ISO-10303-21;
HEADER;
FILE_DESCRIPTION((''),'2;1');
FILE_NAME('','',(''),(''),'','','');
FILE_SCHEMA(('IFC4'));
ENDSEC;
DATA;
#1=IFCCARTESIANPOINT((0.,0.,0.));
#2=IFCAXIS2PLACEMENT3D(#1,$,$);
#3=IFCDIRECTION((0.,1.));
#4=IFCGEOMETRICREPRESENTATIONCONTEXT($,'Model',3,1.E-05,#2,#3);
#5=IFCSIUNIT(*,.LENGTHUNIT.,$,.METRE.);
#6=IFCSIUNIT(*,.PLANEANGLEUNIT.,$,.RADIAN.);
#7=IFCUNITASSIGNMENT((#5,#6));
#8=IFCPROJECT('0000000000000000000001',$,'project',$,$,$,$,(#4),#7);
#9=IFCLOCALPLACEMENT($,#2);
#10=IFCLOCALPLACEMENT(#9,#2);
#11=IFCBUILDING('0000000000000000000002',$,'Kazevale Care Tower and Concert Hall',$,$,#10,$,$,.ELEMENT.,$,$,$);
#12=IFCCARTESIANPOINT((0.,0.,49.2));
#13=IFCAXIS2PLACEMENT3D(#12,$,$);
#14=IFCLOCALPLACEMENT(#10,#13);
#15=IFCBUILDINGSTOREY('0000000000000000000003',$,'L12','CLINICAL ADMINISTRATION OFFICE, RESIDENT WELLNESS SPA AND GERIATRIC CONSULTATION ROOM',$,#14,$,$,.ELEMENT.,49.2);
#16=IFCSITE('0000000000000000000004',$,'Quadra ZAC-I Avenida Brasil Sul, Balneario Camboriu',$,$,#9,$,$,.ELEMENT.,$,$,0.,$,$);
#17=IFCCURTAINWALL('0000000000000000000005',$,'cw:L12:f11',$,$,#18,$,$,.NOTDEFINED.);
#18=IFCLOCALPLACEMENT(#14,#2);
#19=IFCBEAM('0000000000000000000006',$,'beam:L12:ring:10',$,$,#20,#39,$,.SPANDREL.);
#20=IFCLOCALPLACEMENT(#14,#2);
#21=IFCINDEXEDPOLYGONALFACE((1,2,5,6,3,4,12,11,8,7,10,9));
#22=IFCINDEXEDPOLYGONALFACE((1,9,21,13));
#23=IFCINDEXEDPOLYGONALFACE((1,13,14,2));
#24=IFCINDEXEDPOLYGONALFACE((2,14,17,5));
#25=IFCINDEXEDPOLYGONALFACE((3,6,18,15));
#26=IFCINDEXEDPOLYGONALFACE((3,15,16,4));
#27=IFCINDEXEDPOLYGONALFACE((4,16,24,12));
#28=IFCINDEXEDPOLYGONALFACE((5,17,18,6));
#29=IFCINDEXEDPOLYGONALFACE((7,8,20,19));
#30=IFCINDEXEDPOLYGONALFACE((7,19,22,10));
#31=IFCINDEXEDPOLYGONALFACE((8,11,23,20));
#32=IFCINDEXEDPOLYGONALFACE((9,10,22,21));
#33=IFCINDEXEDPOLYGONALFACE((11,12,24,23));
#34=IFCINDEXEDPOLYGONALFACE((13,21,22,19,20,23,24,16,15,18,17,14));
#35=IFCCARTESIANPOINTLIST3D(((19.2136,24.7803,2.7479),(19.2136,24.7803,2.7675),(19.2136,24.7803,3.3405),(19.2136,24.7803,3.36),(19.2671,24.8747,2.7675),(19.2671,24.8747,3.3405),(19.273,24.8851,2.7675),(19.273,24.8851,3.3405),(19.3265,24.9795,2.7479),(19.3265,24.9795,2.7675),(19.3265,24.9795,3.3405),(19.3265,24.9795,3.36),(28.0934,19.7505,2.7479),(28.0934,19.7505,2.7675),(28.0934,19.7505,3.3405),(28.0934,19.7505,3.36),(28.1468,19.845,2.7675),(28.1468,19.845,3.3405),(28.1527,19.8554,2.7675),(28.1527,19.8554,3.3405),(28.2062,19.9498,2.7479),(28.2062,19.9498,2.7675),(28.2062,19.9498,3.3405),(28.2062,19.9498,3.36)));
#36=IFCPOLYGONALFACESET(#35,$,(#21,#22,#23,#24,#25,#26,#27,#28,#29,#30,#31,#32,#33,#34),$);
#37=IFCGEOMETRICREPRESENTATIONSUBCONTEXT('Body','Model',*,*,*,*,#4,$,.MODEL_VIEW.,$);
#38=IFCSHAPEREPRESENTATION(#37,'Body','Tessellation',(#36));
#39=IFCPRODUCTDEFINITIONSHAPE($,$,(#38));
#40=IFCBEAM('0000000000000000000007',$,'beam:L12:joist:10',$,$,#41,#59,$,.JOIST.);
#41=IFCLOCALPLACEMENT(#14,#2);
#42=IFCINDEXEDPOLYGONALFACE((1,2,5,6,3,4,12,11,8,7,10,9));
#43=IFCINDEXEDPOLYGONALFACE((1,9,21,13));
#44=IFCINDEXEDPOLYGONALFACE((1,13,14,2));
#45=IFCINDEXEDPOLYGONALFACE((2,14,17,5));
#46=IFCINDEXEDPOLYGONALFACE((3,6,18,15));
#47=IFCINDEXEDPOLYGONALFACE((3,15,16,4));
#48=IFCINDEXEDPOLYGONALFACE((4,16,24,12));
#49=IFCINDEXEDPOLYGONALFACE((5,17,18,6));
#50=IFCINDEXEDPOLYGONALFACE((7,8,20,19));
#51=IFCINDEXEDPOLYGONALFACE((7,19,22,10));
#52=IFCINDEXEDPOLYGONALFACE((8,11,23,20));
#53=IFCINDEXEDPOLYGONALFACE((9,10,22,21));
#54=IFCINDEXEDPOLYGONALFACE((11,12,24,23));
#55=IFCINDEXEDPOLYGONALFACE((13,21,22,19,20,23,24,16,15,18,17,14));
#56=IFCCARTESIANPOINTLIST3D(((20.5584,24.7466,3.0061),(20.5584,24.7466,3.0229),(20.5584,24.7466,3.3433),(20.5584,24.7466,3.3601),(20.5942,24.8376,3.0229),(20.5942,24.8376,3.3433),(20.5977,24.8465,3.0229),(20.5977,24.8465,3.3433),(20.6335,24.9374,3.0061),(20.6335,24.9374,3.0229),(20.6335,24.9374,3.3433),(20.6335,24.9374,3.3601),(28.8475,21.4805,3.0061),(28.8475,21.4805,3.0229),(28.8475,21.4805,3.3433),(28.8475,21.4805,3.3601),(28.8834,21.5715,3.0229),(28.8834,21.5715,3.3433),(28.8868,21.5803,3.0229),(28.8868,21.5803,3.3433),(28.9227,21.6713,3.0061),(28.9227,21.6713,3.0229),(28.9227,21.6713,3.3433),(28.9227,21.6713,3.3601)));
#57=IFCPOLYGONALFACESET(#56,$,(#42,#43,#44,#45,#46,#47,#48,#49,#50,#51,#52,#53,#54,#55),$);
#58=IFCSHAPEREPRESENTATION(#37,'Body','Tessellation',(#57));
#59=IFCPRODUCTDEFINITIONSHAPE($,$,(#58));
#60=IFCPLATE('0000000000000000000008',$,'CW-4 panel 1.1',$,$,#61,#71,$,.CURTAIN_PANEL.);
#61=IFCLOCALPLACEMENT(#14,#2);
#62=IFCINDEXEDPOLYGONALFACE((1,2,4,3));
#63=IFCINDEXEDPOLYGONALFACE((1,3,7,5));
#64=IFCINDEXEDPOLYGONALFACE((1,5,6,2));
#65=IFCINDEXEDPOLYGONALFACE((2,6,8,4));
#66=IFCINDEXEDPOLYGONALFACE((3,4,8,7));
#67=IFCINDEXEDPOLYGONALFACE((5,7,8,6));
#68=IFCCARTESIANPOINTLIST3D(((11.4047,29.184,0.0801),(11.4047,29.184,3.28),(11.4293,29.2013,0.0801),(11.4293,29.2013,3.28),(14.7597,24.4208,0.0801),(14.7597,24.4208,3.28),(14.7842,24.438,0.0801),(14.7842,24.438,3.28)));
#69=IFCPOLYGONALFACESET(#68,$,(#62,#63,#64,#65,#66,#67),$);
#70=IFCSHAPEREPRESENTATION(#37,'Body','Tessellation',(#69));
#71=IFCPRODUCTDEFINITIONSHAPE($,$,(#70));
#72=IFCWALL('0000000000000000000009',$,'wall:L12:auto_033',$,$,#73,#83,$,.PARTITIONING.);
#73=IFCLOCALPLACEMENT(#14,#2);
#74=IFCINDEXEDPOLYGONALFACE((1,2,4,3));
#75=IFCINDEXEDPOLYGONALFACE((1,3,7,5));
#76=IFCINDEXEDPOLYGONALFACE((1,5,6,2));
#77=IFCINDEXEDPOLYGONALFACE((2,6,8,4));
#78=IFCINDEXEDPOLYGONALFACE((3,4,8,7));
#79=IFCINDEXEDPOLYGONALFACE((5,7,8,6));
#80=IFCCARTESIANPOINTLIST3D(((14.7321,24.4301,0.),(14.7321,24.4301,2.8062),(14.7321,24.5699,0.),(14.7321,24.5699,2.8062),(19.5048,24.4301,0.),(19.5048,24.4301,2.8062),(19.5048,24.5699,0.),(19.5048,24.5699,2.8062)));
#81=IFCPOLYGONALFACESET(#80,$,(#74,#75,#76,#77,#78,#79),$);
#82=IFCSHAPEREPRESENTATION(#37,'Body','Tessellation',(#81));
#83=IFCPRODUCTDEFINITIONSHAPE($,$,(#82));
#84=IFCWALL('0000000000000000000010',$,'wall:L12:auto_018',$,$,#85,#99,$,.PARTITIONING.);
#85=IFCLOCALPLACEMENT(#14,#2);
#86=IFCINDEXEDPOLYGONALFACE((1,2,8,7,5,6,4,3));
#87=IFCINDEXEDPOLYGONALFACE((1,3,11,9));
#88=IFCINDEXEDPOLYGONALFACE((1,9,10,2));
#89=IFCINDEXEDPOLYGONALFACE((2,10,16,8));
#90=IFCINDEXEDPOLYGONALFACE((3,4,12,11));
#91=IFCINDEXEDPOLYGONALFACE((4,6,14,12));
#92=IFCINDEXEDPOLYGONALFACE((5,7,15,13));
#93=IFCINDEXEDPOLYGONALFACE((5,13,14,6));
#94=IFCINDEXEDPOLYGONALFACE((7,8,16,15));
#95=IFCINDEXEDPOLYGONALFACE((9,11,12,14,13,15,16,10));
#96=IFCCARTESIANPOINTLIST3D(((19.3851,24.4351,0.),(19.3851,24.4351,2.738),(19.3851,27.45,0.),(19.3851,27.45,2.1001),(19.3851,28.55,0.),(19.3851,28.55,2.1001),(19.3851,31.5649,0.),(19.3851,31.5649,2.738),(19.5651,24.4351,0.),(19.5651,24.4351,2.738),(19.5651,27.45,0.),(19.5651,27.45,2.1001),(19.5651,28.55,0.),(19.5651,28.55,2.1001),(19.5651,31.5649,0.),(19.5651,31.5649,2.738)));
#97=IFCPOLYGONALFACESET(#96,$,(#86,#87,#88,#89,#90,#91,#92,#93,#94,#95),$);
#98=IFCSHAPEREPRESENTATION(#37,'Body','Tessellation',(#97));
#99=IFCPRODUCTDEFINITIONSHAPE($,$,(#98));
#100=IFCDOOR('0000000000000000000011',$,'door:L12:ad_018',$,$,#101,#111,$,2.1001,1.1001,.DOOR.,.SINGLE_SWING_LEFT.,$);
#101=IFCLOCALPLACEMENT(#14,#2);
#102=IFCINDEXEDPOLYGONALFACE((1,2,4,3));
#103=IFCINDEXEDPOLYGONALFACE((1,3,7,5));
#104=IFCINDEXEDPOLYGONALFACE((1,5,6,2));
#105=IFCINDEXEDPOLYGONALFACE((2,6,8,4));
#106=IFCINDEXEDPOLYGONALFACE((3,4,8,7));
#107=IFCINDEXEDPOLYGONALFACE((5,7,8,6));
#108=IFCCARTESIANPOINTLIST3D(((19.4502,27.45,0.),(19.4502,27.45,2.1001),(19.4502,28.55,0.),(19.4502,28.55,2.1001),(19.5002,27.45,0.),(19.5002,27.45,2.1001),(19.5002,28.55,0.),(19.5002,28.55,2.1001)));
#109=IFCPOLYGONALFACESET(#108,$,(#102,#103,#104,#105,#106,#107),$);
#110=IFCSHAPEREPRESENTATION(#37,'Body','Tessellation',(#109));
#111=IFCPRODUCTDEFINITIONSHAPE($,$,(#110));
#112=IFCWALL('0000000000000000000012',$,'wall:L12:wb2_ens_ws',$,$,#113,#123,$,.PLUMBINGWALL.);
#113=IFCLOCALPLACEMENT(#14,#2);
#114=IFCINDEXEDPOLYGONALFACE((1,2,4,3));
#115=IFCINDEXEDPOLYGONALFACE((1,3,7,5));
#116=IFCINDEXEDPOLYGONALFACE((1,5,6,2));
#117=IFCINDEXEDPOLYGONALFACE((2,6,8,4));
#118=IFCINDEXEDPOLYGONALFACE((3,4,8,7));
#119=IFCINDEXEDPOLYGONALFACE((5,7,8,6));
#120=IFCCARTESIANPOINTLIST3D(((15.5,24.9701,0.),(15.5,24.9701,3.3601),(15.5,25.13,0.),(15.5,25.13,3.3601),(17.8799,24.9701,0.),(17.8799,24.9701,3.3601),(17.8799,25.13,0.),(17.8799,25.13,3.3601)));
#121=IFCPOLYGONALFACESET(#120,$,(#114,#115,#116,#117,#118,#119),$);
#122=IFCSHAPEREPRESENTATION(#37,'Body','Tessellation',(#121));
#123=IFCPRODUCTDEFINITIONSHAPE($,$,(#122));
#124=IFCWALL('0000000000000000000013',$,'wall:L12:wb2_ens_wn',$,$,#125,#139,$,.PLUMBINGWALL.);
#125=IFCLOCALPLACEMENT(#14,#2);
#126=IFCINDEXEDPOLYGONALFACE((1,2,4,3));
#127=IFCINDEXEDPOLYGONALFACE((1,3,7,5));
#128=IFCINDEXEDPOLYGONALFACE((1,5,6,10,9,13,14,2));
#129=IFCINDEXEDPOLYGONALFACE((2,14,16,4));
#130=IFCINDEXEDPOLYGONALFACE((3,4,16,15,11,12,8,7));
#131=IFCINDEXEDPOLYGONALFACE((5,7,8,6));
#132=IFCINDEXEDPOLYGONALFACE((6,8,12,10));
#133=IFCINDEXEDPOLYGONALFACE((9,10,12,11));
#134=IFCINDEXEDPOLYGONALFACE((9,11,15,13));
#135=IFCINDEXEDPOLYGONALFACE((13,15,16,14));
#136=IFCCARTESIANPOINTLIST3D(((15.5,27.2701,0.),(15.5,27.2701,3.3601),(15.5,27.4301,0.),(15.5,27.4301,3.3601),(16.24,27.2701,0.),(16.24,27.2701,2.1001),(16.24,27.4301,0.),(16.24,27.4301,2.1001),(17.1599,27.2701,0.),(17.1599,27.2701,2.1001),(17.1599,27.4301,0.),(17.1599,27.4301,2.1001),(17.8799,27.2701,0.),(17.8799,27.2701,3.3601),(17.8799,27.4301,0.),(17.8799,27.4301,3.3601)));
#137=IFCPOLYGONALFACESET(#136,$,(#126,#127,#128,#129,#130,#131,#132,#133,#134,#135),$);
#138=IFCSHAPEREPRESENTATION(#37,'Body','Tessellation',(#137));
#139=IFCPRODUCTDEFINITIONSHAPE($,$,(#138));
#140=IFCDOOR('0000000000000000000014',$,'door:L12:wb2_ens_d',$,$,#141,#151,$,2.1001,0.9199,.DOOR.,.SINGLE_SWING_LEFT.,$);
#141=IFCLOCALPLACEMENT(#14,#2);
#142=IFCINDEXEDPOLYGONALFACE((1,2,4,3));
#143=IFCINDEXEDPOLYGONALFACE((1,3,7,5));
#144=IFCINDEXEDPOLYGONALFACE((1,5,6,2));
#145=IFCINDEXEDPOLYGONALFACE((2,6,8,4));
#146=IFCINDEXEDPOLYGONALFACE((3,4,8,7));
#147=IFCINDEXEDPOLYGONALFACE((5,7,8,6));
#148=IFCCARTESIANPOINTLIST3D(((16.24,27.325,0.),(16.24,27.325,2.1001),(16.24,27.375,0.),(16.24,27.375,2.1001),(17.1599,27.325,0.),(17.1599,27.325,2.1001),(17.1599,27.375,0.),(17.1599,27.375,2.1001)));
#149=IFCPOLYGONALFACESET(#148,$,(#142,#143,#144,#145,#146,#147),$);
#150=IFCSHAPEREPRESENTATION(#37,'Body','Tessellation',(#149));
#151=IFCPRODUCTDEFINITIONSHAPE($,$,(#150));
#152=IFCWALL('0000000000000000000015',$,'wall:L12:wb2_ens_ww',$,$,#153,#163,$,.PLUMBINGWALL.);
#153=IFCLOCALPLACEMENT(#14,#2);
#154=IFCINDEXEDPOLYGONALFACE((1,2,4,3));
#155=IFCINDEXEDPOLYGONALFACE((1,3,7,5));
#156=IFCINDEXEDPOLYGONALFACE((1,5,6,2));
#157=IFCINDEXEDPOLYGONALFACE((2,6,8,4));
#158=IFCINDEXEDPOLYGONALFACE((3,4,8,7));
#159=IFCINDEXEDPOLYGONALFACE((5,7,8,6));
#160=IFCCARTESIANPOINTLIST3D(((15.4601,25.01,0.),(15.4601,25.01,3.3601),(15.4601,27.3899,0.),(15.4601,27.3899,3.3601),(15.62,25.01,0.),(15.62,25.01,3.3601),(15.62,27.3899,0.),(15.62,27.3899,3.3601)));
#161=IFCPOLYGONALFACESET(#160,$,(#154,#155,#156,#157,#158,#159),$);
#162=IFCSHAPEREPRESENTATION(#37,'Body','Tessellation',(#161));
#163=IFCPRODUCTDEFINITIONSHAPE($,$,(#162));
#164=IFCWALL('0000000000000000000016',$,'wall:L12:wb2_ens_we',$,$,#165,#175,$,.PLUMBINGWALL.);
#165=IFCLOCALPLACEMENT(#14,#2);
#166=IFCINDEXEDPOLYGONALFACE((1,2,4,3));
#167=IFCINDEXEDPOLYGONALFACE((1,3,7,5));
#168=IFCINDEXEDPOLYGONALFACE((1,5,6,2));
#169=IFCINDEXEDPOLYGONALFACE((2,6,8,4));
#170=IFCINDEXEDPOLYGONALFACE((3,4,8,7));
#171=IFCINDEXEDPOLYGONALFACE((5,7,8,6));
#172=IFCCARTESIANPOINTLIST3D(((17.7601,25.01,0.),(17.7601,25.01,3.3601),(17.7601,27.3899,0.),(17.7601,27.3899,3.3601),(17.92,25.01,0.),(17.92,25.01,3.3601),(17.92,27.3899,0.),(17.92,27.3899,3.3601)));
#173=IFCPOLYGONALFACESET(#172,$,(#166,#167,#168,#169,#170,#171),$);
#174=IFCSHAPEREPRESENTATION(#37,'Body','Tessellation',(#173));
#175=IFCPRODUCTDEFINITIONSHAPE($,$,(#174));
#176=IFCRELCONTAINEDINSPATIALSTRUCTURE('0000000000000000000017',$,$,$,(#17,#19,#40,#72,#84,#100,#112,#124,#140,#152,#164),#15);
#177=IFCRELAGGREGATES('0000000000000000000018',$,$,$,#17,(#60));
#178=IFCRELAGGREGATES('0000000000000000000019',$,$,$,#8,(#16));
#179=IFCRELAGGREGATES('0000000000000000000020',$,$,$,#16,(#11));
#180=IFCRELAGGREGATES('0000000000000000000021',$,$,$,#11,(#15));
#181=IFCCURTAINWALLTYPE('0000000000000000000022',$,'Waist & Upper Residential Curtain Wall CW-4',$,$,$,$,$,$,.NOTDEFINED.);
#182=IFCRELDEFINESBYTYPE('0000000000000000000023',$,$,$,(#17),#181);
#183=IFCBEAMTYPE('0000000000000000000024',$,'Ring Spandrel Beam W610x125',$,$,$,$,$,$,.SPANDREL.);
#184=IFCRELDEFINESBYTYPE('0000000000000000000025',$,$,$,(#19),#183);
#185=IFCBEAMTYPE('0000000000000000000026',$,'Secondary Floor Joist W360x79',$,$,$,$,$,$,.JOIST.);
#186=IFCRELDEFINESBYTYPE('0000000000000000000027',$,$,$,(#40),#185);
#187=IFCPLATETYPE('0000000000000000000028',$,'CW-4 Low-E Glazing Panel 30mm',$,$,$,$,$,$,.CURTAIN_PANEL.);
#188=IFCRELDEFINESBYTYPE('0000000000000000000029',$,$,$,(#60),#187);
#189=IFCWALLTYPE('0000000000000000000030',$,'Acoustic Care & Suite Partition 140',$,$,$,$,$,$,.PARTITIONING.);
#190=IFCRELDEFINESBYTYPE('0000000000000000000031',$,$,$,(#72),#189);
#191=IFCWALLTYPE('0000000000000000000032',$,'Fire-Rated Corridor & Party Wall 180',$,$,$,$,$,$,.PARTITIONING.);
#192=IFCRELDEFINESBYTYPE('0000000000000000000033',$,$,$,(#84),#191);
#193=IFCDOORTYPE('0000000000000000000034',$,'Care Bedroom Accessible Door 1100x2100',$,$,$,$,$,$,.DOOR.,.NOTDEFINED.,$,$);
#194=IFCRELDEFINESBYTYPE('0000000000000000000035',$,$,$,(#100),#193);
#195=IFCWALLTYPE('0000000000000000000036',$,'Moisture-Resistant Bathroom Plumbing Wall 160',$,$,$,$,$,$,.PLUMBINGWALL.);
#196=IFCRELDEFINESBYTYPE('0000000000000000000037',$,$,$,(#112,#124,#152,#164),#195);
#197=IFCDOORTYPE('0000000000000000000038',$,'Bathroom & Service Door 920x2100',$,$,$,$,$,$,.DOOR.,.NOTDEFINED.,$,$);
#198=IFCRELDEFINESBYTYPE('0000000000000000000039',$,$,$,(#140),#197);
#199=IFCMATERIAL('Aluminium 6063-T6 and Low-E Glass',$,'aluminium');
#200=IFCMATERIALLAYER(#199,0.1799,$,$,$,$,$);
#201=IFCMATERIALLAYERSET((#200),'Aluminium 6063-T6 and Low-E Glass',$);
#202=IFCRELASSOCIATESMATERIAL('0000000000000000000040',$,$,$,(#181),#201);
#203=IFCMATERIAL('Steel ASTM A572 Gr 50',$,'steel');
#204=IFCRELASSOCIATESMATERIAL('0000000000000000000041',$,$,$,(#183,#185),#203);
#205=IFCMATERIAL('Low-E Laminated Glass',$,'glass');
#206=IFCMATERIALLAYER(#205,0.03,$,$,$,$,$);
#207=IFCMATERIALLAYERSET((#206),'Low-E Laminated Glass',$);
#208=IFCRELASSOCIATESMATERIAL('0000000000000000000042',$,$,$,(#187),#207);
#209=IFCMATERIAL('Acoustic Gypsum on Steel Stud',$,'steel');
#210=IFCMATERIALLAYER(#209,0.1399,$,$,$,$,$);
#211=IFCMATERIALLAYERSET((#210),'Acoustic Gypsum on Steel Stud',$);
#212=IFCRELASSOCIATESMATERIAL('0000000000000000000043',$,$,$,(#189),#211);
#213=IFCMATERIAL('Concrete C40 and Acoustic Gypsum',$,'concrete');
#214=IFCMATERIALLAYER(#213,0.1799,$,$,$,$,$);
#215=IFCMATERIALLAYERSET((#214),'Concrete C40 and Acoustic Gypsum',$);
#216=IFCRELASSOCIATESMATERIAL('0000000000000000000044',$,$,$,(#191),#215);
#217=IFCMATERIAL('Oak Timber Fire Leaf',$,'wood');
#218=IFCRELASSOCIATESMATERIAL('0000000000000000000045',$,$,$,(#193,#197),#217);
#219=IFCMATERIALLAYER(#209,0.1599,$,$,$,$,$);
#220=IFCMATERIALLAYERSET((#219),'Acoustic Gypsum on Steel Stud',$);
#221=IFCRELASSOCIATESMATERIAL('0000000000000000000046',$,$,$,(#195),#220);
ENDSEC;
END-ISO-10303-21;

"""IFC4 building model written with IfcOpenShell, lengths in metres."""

from ifc_helpers import new_model, si_unit, direction, frame, frame_2d, origin, origin_2d, place, context, subcontext, project, spatial, rectangle, i_section, extrude, material, layer, layer_set, material_profile, profile_set, type_object, element, fill, aggregate, save


model = new_model("IFC4")

# Units and contexts
model_context = context("Model", 3, precision=1e-05, world=origin(), true_north=direction((0.0, 1.0)))
body_context = subcontext(model_context, "Body", "Model", "MODEL_VIEW")
ifc_project = project(units=[si_unit("LENGTHUNIT", "METRE"), si_unit("PLANEANGLEUNIT", "RADIAN")], contexts=[model_context])

# Site, building, storey
site_placement = place(None, origin())
site = spatial("IfcSite", under=ifc_project, at=site_placement, Name="Quadra ZAC-I Avenida Brasil Sul, Balneario Camboriu", CompositionType="ELEMENT", RefElevation=0.0)
building_placement = place(site_placement, origin())
building = spatial("IfcBuilding", under=site, at=building_placement, Name="Kazevale Care Tower and Concert Hall", CompositionType="ELEMENT")
storey_placement = place(building_placement, frame((0.0, 0.0, 49.2)))
storey = spatial("IfcBuildingStorey", under=building, at=storey_placement, Name="L12", Description="CLINICAL ADMINISTRATION OFFICE, RESIDENT WELLNESS SPA AND GERIATRIC CONSULTATION ROOM", CompositionType="ELEMENT", Elevation=49.2)

# Curtain wall
ifc_material_1 = material(Name="Aluminium 6063-T6 and Low-E Glass", Category="aluminium")
ifc_layer_1 = layer(ifc_material_1, 0.1799)
ifc_layer_set_1 = layer_set([ifc_layer_1], Name="Aluminium 6063-T6 and Low-E Glass")
curtain_wall_type_1 = type_object("IfcCurtainWallType", Name="Waist & Upper Residential Curtain Wall CW-4", PredefinedType="NOTDEFINED", material=ifc_layer_set_1)
curtain_wall_1_placement = place(storey_placement, origin())
curtain_wall_1 = element("IfcCurtainWall", 1, at=curtain_wall_1_placement, inside=storey, type_object=curtain_wall_type_1, Name="cw:L12:f11", PredefinedType="NOTDEFINED")

# Beams
ifc_material_2 = material(Name="Steel ASTM A572 Gr 50", Category="steel")
ifc_material_profile_1 = material_profile(ifc_material_2, i_section(OverallWidth=0.229, OverallDepth=0.6121, WebThickness=0.012, FlangeThickness=0.0195, at=origin_2d()), Name="W610x125")
ifc_profile_set_1 = profile_set([ifc_material_profile_1], Name="Steel ASTM A572 Gr 50")
beam_type_1 = type_object("IfcBeamType", Name="Ring Spandrel Beam W610x125", PredefinedType="SPANDREL", material=ifc_profile_set_1)
beam_1_placement = place(storey_placement, frame((19.27, 24.8799, 3.054), z_axis=(0.870112, -0.492853, 0.0), x_axis=(0.492853, 0.870112, 0.0)))
element("IfcBeam", 2, at=beam_1_placement, inside=storey, type_object=beam_type_1, Name="beam:L12:ring:10", PredefinedType="SPANDREL", context=body_context, shape_type="SweptSolid", body=[
    extrude(i_section(OverallWidth=0.229, OverallDepth=0.6121, WebThickness=0.012, FlangeThickness=0.0195, at=origin_2d()), origin(), (0.0, 0.0, 1.0), 10.2053),
])
ifc_material_profile_2 = material_profile(ifc_material_2, i_section(OverallWidth=0.2051, OverallDepth=0.354, WebThickness=0.0095, FlangeThickness=0.0168, at=origin_2d()), Name="W360x79")
ifc_profile_set_2 = profile_set([ifc_material_profile_2], Name="Steel ASTM A572 Gr 50")
beam_type_2 = type_object("IfcBeamType", Name="Secondary Floor Joist W360x79", PredefinedType="JOIST", material=ifc_profile_set_2)
beam_2_placement = place(storey_placement, frame((20.5959, 24.842, 3.1831), z_axis=(0.930381, -0.366595, 0.0), x_axis=(0.366595, 0.930381, 0.0)))
element("IfcBeam", 3, at=beam_2_placement, inside=storey, type_object=beam_type_2, Name="beam:L12:joist:10", PredefinedType="JOIST", context=body_context, shape_type="SweptSolid", body=[
    extrude(i_section(OverallWidth=0.2051, OverallDepth=0.354, WebThickness=0.0095, FlangeThickness=0.0168, at=origin_2d()), origin(), (0.0, 0.0, 1.0), 8.9094),
])

# Plate
ifc_material_3 = material(Name="Low-E Laminated Glass", Category="glass")
ifc_layer_2 = layer(ifc_material_3, 0.03)
ifc_layer_set_2 = layer_set([ifc_layer_2], Name="Low-E Laminated Glass")
plate_type = type_object("IfcPlateType", Name="CW-4 Low-E Glazing Panel 30mm", PredefinedType="CURTAIN_PANEL", material=ifc_layer_set_2)
plate_placement = place(storey_placement, frame((13.0945, 26.811, 0.0801), z_axis=(0.0, 0.0, 1.0), x_axis=(-0.575837, 0.817565, 0.0)))
plate = element("IfcPlate", 4, at=plate_placement, type_object=plate_type, Name="CW-4 panel 1.1", PredefinedType="CURTAIN_PANEL", context=body_context, shape_type="SweptSolid", body=[
    extrude(rectangle(XDim=5.8262, YDim=0.03, at=origin_2d()), origin(), (0.0, 0.0, 1.0), 3.2),
])
aggregate(curtain_wall_1, [plate])

# Wall
ifc_material_4 = material(Name="Acoustic Gypsum on Steel Stud", Category="steel")
ifc_layer_3 = layer(ifc_material_4, 0.1399)
ifc_layer_set_3 = layer_set([ifc_layer_3], Name="Acoustic Gypsum on Steel Stud")
wall_type_1 = type_object("IfcWallType", Name="Acoustic Care & Suite Partition 140", PredefinedType="PARTITIONING", material=ifc_layer_set_3)
wall_1_placement = place(storey_placement, frame((14.7322, 24.5, 0.0), z_axis=(0.0, 0.0, 1.0), x_axis=(1.0, 0.0, 0.0)))
element("IfcWall", 5, at=wall_1_placement, inside=storey, type_object=wall_type_1, Name="wall:L12:auto_033", PredefinedType="PARTITIONING", context=body_context, shape_type="SweptSolid", body=[
    extrude(rectangle(XDim=4.7727, YDim=0.1399, at=frame_2d((2.3862, 0.0))), origin(), (0.0, 0.0, 1.0), 2.8062),
])

# Wall, opening, door
ifc_material_5 = material(Name="Concrete C40 and Acoustic Gypsum", Category="concrete")
ifc_layer_4 = layer(ifc_material_5, 0.1799)
ifc_layer_set_4 = layer_set([ifc_layer_4], Name="Concrete C40 and Acoustic Gypsum")
wall_type_2 = type_object("IfcWallType", Name="Fire-Rated Corridor & Party Wall 180", PredefinedType="PARTITIONING", material=ifc_layer_set_4)
wall_2_placement = place(storey_placement, frame((19.4751, 24.4351, 0.0), z_axis=(0.0, 0.0, 1.0), x_axis=(0.0, 1.0, 0.0)))
wall_2 = element("IfcWall", 6, at=wall_2_placement, inside=storey, type_object=wall_type_2, Name="wall:L12:auto_018", PredefinedType="PARTITIONING", context=body_context, shape_type="SweptSolid", body=[
    extrude(rectangle(XDim=7.1299, YDim=0.1799, at=frame_2d((3.5649, 0.0))), origin(), (0.0, 0.0, 1.0), 2.738),
])
opening_1_placement = place(wall_2_placement, frame((3.0149, 0.0, 0.0)))
opening_1 = element("IfcOpeningElement", 7, at=opening_1_placement, cuts=wall_2, PredefinedType="OPENING", context=body_context, shape_type="SweptSolid", body=[
    extrude(rectangle(XDim=1.1001, YDim=2.1001, at=frame_2d((0.55, 1.05))), frame((0.0, 0.0999, 0.0), z_axis=(0.0, -1.0, 0.0), x_axis=(1.0, 0.0, 0.0)), (0.0, 0.0, 1.0), 0.2),
])
ifc_material_6 = material(Name="Oak Timber Fire Leaf", Category="wood")
door_type_1 = type_object("IfcDoorType", Name="Care Bedroom Accessible Door 1100x2100", OperationType="NOTDEFINED", PredefinedType="DOOR", material=ifc_material_6)
door_1_placement = place(opening_1_placement, origin())
door_1 = element("IfcDoor", 8, at=door_1_placement, inside=storey, type_object=door_type_1, Name="door:L12:ad_018", OperationType="SINGLE_SWING_LEFT", OverallHeight=2.1001, OverallWidth=1.1001, PredefinedType="DOOR", context=body_context, shape_type="SweptSolid", body=[
    extrude(rectangle(XDim=1.1001, YDim=2.1001, at=frame_2d((0.55, 1.05))), frame((0.0, 0.0249, 0.0), z_axis=(0.0, -1.0, 0.0), x_axis=(1.0, 0.0, 0.0)), (0.0, 0.0, 1.0), 0.05),
])
fill(opening_1, door_1)

# Wall
ifc_layer_5 = layer(ifc_material_4, 0.1599)
ifc_layer_set_5 = layer_set([ifc_layer_5], Name="Acoustic Gypsum on Steel Stud")
wall_type_3 = type_object("IfcWallType", Name="Moisture-Resistant Bathroom Plumbing Wall 160", PredefinedType="PLUMBINGWALL", material=ifc_layer_set_5)
wall_3_placement = place(storey_placement, frame((15.5, 25.05, 0.0), z_axis=(0.0, 0.0, 1.0), x_axis=(1.0, 0.0, 0.0)))
element("IfcWall", 9, at=wall_3_placement, inside=storey, type_object=wall_type_3, Name="wall:L12:wb2_ens_ws", PredefinedType="PLUMBINGWALL", context=body_context, shape_type="SweptSolid", body=[
    extrude(rectangle(XDim=2.3799, YDim=0.1599, at=frame_2d((1.1899, 0.0))), origin(), (0.0, 0.0, 1.0), 3.3601),
])

# Wall, opening, door
wall_4_placement = place(storey_placement, frame((15.5, 27.3501, 0.0), z_axis=(0.0, 0.0, 1.0), x_axis=(1.0, 0.0, 0.0)))
wall_4 = element("IfcWall", 10, at=wall_4_placement, inside=storey, type_object=wall_type_3, Name="wall:L12:wb2_ens_wn", PredefinedType="PLUMBINGWALL", context=body_context, shape_type="SweptSolid", body=[
    extrude(rectangle(XDim=2.3799, YDim=0.1599, at=frame_2d((1.1899, 0.0))), origin(), (0.0, 0.0, 1.0), 3.3601),
])
opening_2_placement = place(wall_4_placement, frame((0.74, 0.0, 0.0)))
opening_2 = element("IfcOpeningElement", 11, at=opening_2_placement, cuts=wall_4, PredefinedType="OPENING", context=body_context, shape_type="SweptSolid", body=[
    extrude(rectangle(XDim=0.9199, YDim=2.1001, at=frame_2d((0.46, 1.05))), frame((0.0, 0.0898, 0.0), z_axis=(0.0, -1.0, 0.0), x_axis=(1.0, 0.0, 0.0)), (0.0, 0.0, 1.0), 0.1799),
])
door_type_2 = type_object("IfcDoorType", Name="Bathroom & Service Door 920x2100", OperationType="NOTDEFINED", PredefinedType="DOOR", material=ifc_material_6)
door_2_placement = place(opening_2_placement, origin())
door_2 = element("IfcDoor", 12, at=door_2_placement, inside=storey, type_object=door_type_2, Name="door:L12:wb2_ens_d", OperationType="SINGLE_SWING_LEFT", OverallHeight=2.1001, OverallWidth=0.9199, PredefinedType="DOOR", context=body_context, shape_type="SweptSolid", body=[
    extrude(rectangle(XDim=0.9199, YDim=2.1001, at=frame_2d((0.46, 1.05))), frame((0.0, 0.0249, 0.0), z_axis=(0.0, -1.0, 0.0), x_axis=(1.0, 0.0, 0.0)), (0.0, 0.0, 1.0), 0.05),
])
fill(opening_2, door_2)

# Walls
for number, where, z_axis, x_axis, name in (
    (13, (15.54, 25.01, 0.0), (0.0, 0.0, 1.0), (0.0, 1.0, 0.0), "wall:L12:wb2_ens_ww"),
    (14, (17.8401, 25.01, 0.0), (0.0, 0.0, 1.0), (0.0, 1.0, 0.0), "wall:L12:wb2_ens_we"),
):
    element("IfcWall", number, at=place(storey_placement, frame(where, z_axis=z_axis, x_axis=x_axis)), inside=storey, type_object=wall_type_3, Name=name, PredefinedType="PLUMBINGWALL", context=body_context, shape_type="SweptSolid", body=[
        extrude(rectangle(XDim=2.3799, YDim=0.1599, at=frame_2d((1.1899, 0.0))), origin(), (0.0, 0.0, 1.0), 3.3601),
    ])

save(model, "model.ifc")
